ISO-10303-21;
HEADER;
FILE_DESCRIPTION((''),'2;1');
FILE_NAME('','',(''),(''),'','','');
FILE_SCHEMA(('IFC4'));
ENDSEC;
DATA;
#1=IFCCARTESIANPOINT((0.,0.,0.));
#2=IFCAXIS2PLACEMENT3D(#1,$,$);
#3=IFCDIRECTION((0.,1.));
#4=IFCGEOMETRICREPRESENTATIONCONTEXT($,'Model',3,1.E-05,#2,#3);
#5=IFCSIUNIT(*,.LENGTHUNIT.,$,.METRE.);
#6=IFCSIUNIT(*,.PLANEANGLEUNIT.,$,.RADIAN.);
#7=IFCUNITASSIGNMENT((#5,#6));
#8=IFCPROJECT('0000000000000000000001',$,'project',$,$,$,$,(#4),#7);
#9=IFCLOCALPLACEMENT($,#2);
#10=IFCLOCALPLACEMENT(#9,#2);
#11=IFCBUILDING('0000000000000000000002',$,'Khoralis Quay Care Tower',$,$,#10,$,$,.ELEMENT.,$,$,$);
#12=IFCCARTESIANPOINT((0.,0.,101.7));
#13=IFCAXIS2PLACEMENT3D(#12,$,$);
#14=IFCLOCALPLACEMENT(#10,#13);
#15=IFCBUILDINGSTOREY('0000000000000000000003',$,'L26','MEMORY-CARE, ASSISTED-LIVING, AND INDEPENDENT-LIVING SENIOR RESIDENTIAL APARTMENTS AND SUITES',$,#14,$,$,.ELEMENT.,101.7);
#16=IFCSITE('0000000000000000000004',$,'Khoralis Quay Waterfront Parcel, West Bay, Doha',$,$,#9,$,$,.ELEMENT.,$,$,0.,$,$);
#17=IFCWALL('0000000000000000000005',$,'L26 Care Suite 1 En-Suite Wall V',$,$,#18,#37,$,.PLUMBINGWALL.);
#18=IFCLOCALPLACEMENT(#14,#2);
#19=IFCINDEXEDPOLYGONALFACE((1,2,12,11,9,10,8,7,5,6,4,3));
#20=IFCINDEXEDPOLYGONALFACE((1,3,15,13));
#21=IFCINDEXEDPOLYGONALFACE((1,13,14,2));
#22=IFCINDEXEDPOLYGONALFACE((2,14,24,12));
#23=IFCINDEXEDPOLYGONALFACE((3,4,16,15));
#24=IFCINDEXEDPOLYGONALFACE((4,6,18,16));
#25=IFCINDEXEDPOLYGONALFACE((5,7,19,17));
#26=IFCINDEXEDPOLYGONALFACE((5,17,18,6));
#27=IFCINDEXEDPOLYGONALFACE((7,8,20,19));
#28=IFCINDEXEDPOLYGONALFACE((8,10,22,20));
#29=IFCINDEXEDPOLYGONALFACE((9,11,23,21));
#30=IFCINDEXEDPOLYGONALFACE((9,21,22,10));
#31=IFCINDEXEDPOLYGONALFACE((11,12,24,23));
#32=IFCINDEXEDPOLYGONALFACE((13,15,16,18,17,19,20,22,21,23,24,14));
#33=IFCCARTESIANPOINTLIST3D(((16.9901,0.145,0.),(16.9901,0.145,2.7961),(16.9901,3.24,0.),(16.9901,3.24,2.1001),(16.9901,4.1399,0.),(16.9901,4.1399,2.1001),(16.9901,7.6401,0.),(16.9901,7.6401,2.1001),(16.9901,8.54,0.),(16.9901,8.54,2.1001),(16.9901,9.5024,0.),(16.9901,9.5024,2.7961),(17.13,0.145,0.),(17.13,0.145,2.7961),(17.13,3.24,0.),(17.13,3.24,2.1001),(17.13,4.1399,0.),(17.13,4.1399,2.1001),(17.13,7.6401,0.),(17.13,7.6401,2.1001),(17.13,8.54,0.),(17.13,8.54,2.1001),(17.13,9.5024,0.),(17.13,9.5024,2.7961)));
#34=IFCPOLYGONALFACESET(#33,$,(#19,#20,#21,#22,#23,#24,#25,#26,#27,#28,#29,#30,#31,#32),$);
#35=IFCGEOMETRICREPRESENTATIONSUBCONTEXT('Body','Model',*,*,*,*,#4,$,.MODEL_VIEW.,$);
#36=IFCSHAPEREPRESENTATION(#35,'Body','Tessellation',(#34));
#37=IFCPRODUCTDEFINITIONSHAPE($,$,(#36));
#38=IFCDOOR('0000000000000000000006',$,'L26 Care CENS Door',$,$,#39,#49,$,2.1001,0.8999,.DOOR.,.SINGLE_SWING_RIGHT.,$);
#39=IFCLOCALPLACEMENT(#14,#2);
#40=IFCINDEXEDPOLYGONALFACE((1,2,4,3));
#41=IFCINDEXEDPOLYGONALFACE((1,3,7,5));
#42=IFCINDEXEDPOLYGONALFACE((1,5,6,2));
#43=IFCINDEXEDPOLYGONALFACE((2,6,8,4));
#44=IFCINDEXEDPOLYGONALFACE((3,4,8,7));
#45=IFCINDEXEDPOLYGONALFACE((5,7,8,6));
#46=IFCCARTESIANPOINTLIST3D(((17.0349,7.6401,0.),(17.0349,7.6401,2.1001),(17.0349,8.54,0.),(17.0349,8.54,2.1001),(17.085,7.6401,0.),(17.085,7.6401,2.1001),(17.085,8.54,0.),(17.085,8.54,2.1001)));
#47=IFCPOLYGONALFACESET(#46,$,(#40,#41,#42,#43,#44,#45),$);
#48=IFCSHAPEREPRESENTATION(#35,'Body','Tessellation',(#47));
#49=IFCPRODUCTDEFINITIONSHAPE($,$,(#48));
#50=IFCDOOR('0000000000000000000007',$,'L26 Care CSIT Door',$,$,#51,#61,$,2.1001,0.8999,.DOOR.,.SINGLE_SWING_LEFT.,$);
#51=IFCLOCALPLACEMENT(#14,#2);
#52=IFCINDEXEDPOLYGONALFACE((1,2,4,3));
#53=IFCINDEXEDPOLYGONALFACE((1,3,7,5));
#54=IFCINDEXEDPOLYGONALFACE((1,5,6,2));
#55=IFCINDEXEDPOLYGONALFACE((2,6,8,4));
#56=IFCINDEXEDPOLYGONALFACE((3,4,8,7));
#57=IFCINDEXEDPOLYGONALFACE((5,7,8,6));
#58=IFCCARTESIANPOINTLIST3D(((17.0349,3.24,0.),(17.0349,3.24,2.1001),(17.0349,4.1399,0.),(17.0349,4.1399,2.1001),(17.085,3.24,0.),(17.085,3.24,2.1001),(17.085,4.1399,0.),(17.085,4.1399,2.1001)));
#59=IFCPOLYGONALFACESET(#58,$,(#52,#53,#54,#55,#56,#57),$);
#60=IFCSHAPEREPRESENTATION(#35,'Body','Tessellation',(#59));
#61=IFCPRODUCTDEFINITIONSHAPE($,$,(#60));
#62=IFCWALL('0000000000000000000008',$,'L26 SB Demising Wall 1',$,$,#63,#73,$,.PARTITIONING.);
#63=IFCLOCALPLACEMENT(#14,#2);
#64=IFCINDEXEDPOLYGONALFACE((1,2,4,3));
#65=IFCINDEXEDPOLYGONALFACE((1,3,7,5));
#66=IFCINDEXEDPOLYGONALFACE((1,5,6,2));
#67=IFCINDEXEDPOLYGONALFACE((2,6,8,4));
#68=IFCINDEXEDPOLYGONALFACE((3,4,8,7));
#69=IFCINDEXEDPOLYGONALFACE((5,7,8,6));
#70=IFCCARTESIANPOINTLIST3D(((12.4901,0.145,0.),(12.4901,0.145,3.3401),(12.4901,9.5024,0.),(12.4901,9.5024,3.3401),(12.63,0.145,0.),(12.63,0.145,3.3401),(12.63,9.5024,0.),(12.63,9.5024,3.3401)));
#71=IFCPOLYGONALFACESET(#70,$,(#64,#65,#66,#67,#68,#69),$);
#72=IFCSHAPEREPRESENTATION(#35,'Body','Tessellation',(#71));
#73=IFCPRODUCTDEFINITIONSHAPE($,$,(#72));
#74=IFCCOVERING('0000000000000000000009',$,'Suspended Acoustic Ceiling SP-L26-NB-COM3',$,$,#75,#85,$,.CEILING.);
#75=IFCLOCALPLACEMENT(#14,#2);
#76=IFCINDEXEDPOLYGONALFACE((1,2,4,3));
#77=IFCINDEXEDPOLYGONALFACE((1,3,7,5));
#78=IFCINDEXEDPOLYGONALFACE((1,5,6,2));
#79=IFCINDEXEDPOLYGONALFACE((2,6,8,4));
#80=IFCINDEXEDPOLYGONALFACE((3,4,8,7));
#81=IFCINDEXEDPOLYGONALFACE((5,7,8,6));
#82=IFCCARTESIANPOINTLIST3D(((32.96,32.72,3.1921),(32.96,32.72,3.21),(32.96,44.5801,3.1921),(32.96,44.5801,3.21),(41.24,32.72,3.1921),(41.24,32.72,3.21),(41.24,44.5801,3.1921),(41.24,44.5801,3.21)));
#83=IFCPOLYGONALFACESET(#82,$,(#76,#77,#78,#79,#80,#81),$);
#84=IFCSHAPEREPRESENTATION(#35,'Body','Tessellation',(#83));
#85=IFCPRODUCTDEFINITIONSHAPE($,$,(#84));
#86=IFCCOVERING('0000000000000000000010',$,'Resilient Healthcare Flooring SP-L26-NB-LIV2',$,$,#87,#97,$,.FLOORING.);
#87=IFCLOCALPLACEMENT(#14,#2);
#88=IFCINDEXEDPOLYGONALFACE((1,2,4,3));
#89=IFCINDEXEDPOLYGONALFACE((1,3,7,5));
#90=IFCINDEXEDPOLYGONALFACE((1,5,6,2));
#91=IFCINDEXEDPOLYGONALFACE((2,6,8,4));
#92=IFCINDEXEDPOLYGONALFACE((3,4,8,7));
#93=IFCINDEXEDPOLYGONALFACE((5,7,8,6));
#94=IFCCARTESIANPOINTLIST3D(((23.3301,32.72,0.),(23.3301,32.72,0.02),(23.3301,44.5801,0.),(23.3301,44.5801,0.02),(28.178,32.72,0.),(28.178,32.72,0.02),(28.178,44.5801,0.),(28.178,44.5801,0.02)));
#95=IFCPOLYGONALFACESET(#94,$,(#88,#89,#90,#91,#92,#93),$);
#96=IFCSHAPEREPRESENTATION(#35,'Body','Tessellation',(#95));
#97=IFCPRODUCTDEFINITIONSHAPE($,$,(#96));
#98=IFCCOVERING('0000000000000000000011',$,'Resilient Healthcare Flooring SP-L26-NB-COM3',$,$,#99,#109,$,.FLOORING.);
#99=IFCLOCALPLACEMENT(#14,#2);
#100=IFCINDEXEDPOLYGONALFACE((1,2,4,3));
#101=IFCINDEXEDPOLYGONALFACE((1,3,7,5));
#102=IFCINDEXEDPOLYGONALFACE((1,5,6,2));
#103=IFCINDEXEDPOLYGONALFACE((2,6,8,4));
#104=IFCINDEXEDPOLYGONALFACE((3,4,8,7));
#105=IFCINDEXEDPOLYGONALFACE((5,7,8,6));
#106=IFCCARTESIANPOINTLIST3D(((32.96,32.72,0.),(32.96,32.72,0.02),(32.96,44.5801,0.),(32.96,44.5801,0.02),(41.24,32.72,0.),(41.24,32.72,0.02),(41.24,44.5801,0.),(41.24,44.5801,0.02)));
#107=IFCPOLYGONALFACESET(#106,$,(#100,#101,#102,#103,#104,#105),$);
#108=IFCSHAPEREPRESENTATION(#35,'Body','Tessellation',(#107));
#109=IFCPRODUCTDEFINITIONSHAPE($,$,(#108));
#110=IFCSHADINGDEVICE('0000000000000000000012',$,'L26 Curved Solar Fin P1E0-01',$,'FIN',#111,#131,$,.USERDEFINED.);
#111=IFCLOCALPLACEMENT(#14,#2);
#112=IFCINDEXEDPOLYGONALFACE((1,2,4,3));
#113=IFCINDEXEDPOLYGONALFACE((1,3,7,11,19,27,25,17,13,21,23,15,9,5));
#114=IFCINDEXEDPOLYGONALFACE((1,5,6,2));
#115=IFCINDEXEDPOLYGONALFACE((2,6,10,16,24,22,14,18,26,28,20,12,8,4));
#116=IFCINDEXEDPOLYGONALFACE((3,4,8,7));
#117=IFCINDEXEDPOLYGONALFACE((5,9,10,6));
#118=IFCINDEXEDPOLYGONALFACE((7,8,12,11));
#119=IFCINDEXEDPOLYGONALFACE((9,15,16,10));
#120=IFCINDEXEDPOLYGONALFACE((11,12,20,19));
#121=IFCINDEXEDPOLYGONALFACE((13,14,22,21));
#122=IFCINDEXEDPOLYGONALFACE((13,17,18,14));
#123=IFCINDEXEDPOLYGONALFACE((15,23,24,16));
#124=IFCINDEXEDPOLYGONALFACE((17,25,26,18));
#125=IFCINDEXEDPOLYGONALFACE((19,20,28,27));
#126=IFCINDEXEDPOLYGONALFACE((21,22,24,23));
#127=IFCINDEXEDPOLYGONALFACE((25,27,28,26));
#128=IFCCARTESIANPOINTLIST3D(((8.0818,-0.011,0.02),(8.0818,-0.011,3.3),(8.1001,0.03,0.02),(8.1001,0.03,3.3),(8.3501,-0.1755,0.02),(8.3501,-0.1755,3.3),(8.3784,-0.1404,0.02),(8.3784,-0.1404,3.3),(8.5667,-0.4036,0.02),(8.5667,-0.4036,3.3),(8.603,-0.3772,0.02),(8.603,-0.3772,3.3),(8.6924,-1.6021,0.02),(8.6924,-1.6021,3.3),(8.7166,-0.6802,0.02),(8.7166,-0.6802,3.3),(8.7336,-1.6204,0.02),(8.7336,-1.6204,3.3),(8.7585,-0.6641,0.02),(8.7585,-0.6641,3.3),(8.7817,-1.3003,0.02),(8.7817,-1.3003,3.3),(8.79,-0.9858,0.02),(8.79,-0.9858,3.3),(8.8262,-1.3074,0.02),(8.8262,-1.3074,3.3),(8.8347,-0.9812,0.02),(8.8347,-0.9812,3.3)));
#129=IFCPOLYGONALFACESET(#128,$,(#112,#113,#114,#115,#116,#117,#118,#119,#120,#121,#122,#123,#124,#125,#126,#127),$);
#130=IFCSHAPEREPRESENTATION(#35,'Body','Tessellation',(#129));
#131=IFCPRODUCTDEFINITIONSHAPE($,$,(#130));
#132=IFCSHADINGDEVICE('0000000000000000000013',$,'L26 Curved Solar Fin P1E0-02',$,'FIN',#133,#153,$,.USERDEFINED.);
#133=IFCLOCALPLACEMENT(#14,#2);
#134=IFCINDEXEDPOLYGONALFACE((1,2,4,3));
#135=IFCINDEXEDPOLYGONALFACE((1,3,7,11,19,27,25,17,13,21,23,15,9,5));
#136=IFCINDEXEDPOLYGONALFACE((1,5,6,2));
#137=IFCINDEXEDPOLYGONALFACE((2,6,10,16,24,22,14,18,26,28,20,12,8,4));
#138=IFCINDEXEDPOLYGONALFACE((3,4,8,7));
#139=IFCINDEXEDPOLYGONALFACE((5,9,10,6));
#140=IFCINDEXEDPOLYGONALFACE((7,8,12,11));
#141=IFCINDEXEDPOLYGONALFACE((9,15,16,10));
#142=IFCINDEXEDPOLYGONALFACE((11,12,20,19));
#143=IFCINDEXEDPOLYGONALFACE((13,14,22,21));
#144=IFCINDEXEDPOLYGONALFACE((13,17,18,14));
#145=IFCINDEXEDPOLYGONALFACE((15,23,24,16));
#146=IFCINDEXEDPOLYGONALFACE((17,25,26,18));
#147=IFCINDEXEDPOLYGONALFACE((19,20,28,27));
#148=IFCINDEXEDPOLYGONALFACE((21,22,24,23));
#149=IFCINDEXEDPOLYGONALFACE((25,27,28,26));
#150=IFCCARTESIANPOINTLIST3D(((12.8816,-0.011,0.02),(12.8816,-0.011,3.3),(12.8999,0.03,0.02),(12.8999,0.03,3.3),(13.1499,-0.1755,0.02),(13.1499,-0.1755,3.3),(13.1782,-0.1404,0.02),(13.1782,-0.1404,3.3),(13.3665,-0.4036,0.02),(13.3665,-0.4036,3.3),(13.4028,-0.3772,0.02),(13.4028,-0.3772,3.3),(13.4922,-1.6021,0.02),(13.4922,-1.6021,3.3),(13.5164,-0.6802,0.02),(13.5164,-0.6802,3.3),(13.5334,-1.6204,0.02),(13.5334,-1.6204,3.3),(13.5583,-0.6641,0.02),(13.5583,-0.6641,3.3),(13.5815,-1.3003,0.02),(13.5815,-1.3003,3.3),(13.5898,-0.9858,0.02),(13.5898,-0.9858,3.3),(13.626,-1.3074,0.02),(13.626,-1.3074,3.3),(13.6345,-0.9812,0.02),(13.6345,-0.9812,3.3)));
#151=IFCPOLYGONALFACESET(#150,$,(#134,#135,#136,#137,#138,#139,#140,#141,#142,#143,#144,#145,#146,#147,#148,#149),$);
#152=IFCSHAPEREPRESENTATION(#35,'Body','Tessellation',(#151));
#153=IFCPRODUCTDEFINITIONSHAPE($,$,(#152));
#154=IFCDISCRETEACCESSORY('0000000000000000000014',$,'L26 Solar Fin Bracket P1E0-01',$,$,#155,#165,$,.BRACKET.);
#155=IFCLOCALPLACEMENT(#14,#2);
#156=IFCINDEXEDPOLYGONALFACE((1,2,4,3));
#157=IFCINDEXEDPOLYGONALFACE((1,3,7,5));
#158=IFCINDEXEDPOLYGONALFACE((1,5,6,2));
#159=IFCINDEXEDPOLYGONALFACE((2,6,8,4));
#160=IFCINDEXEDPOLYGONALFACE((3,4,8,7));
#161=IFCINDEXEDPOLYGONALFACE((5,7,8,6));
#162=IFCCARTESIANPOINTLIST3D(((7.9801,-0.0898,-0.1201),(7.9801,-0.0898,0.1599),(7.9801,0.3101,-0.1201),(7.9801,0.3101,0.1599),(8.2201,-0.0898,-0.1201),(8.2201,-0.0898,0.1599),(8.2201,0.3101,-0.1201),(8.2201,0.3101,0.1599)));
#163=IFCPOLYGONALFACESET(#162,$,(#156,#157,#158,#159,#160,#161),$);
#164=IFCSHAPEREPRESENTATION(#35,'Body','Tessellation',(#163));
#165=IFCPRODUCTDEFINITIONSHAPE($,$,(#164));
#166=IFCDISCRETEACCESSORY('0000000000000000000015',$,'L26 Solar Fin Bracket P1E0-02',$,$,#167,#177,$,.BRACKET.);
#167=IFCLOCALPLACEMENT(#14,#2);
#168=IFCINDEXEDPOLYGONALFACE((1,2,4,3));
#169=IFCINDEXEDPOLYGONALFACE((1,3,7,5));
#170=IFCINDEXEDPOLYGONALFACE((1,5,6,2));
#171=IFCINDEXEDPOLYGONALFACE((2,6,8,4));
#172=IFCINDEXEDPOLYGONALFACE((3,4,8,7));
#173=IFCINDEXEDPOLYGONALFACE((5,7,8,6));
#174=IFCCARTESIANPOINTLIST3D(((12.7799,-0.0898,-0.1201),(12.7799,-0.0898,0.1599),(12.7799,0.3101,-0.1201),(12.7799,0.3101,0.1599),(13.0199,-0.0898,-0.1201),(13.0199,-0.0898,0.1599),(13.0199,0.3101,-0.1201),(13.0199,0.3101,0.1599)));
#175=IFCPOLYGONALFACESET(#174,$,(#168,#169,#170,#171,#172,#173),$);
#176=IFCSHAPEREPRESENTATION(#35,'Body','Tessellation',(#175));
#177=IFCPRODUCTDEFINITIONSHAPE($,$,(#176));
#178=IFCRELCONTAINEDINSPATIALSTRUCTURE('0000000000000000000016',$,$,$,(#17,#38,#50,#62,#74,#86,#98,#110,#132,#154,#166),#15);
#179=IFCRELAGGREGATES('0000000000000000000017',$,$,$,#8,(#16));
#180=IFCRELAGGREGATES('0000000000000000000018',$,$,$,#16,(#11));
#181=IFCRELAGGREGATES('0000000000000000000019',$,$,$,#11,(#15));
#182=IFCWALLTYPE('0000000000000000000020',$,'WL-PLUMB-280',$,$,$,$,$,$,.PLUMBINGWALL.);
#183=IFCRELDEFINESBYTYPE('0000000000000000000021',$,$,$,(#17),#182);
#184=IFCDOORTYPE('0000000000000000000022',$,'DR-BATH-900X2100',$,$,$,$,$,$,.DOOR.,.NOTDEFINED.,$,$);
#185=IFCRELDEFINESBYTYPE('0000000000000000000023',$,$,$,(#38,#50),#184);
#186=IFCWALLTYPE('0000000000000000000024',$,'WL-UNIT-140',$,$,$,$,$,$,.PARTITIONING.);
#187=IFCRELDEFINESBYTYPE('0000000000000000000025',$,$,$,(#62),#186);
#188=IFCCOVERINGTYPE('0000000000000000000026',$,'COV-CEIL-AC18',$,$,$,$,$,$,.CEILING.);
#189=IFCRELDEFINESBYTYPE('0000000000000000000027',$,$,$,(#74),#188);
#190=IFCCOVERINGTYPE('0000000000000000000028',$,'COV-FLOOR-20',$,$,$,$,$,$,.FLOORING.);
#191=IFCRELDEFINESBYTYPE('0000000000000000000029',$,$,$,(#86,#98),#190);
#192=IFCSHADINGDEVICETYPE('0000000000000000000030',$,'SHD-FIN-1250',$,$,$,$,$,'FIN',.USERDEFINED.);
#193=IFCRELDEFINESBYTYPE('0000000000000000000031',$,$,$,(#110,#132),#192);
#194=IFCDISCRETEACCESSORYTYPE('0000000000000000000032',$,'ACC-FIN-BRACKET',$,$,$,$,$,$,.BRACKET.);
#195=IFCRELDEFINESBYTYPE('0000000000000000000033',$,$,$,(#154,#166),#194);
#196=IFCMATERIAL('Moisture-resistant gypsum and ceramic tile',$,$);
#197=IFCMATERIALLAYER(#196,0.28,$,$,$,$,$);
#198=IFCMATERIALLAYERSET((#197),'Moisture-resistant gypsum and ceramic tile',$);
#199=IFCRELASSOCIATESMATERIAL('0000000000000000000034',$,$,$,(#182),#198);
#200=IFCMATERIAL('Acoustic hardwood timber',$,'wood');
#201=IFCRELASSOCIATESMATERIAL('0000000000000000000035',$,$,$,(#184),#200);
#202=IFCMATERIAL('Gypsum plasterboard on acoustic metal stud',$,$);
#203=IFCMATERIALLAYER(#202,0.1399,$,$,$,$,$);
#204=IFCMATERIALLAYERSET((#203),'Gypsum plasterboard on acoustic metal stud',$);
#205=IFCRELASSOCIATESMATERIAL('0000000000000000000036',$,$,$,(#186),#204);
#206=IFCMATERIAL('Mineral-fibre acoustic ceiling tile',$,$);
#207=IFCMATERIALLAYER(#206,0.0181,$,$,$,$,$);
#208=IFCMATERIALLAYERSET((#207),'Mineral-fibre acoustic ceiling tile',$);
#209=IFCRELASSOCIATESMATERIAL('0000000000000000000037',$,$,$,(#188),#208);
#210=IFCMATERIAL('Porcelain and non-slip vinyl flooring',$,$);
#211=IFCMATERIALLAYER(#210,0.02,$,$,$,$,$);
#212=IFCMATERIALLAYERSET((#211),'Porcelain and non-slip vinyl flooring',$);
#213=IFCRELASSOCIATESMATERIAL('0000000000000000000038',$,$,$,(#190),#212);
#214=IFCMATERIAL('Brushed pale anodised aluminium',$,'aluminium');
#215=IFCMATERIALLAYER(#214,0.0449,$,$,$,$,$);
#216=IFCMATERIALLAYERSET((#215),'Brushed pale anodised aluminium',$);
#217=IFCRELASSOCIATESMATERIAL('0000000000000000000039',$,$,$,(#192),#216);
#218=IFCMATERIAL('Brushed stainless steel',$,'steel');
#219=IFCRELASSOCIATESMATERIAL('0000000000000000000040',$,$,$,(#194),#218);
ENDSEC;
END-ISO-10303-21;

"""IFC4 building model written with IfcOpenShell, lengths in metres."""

from ifc_helpers import new_model, si_unit, direction, frame, frame_2d, origin, origin_2d, place, context, subcontext, project, spatial, polyline, rectangle, outline, extrude, source, transform, mapped, material, layer, layer_set, type_object, element, fill, save


model = new_model("IFC4")

# Units and contexts
model_context = context("Model", 3, precision=1e-05, world=origin(), true_north=direction((0.0, 1.0)))
body_context = subcontext(model_context, "Body", "Model", "MODEL_VIEW")
ifc_project = project(units=[si_unit("LENGTHUNIT", "METRE"), si_unit("PLANEANGLEUNIT", "RADIAN")], contexts=[model_context])

# Site, building, storey
site_placement = place(None, origin())
site = spatial("IfcSite", under=ifc_project, at=site_placement, Name="Khoralis Quay Waterfront Parcel, West Bay, Doha", CompositionType="ELEMENT", RefElevation=0.0)
building_placement = place(site_placement, origin())
building = spatial("IfcBuilding", under=site, at=building_placement, Name="Khoralis Quay Care Tower", CompositionType="ELEMENT")
storey_placement = place(building_placement, frame((0.0, 0.0, 101.7)))
storey = spatial("IfcBuildingStorey", under=building, at=storey_placement, Name="L26", Description="MEMORY-CARE, ASSISTED-LIVING, AND INDEPENDENT-LIVING SENIOR RESIDENTIAL APARTMENTS AND SUITES", CompositionType="ELEMENT", Elevation=101.7)

# Wall, openings, doors
ifc_material_1 = material(Name="Moisture-resistant gypsum and ceramic tile")
ifc_layer_1 = layer(ifc_material_1, 0.28)
ifc_layer_set_1 = layer_set([ifc_layer_1], Name="Moisture-resistant gypsum and ceramic tile")
wall_type_1 = type_object("IfcWallType", Name="WL-PLUMB-280", PredefinedType="PLUMBINGWALL", material=ifc_layer_set_1)
ifc_material_2 = material(Name="Acoustic hardwood timber", Category="wood")
door_type = type_object("IfcDoorType", Name="DR-BATH-900X2100", OperationType="NOTDEFINED", PredefinedType="DOOR", material=ifc_material_2)
shared_shape_1 = source(origin(), body_context, "Body", "SweptSolid", [
    extrude(rectangle(XDim=0.8999, YDim=2.1001, at=frame_2d((0.45, 1.05))), frame((0.0, 0.0249, 0.0), z_axis=(0.0, -1.0, 0.0), x_axis=(1.0, 0.0, 0.0)), (0.0, 0.0, 1.0), 0.05),
])
wall_1_placement = place(storey_placement, frame((17.0601, 0.145, 0.0), z_axis=(0.0, 0.0, 1.0), x_axis=(0.0, 1.0, 0.0)))
wall_1 = element("IfcWall", 1, at=wall_1_placement, inside=storey, type_object=wall_type_1, Name="L26 Care Suite 1 En-Suite Wall V", PredefinedType="PLUMBINGWALL", context=body_context, shape_type="SweptSolid", body=[
    extrude(rectangle(XDim=9.3574, YDim=0.1399, at=frame_2d((4.6787, 0.0))), origin(), (0.0, 0.0, 1.0), 2.7961),
])
opening_1_placement = place(wall_1_placement, frame((7.4951, 0.0, 0.0)))
opening_1 = element("IfcOpeningElement", 2, at=opening_1_placement, cuts=wall_1, PredefinedType="OPENING", context=body_context, shape_type="SweptSolid", body=[
    extrude(rectangle(XDim=0.8999, YDim=2.1001, at=frame_2d((0.45, 1.05))), frame((0.0, 0.0801, 0.0), z_axis=(0.0, -1.0, 0.0), x_axis=(1.0, 0.0, 0.0)), (0.0, 0.0, 1.0), 0.1599),
])
opening_2_placement = place(wall_1_placement, frame((3.095, 0.0, 0.0)))
opening_2 = element("IfcOpeningElement", 3, at=opening_2_placement, cuts=wall_1, PredefinedType="OPENING", context=body_context, shape_type="SweptSolid", body=[
    extrude(rectangle(XDim=0.8999, YDim=2.1001, at=frame_2d((0.45, 1.05))), frame((0.0, 0.0801, 0.0), z_axis=(0.0, -1.0, 0.0), x_axis=(1.0, 0.0, 0.0)), (0.0, 0.0, 1.0), 0.1599),
])
door_1_placement = place(opening_1_placement, frame((0.8999, 0.0, 0.0), z_axis=(0.0, 0.0, 1.0), x_axis=(-1.0, 0.0, 0.0)))
door_1 = element("IfcDoor", 4, at=door_1_placement, inside=storey, type_object=door_type, Name="L26 Care CENS Door", OperationType="SINGLE_SWING_RIGHT", OverallHeight=2.1001, OverallWidth=0.8999, PredefinedType="DOOR", context=body_context, shape_type="MappedRepresentation", body=[
    mapped(shared_shape_1, transform((0.0, 0.0, 0.0), scale=1.0)),
])
fill(opening_1, door_1)
door_2_placement = place(opening_2_placement, frame((0.8999, 0.0, 0.0), z_axis=(0.0, 0.0, 1.0), x_axis=(-1.0, 0.0, 0.0)))
door_2 = element("IfcDoor", 5, at=door_2_placement, inside=storey, type_object=door_type, Name="L26 Care CSIT Door", OperationType="SINGLE_SWING_LEFT", OverallHeight=2.1001, OverallWidth=0.8999, PredefinedType="DOOR", context=body_context, shape_type="MappedRepresentation", body=[
    mapped(shared_shape_1, transform((0.0, 0.0, 0.0), scale=1.0)),
])
fill(opening_2, door_2)

# Wall
ifc_material_3 = material(Name="Gypsum plasterboard on acoustic metal stud")
ifc_layer_2 = layer(ifc_material_3, 0.1399)
ifc_layer_set_2 = layer_set([ifc_layer_2], Name="Gypsum plasterboard on acoustic metal stud")
wall_type_2 = type_object("IfcWallType", Name="WL-UNIT-140", PredefinedType="PARTITIONING", material=ifc_layer_set_2)
wall_2_placement = place(storey_placement, frame((12.5601, 0.145, 0.0), z_axis=(0.0, 0.0, 1.0), x_axis=(0.0, 1.0, 0.0)))
element("IfcWall", 6, at=wall_2_placement, inside=storey, type_object=wall_type_2, Name="L26 SB Demising Wall 1", PredefinedType="PARTITIONING", context=body_context, shape_type="SweptSolid", body=[
    extrude(rectangle(XDim=9.3574, YDim=0.1399, at=frame_2d((4.6787, 0.0))), origin(), (0.0, 0.0, 1.0), 3.3401),
])

# Coverings
ifc_material_4 = material(Name="Mineral-fibre acoustic ceiling tile")
ifc_layer_3 = layer(ifc_material_4, 0.0181)
ifc_layer_set_3 = layer_set([ifc_layer_3], Name="Mineral-fibre acoustic ceiling tile")
covering_type_1 = type_object("IfcCoveringType", Name="COV-CEIL-AC18", PredefinedType="CEILING", material=ifc_layer_set_3)
covering_1_placement = place(storey_placement, frame((0.0, 0.0, 3.1921)))
element("IfcCovering", 7, at=covering_1_placement, inside=storey, type_object=covering_type_1, Name="Suspended Acoustic Ceiling SP-L26-NB-COM3", PredefinedType="CEILING", context=body_context, shape_type="SweptSolid", body=[
    extrude(outline(polyline([(32.96, 32.72), (41.24, 32.72), (41.24, 44.5801), (32.96, 44.5801), (32.96, 32.72)])), origin(), (0.0, 0.0, 1.0), 0.0178),
])
ifc_material_5 = material(Name="Porcelain and non-slip vinyl flooring")
ifc_layer_4 = layer(ifc_material_5, 0.02)
ifc_layer_set_4 = layer_set([ifc_layer_4], Name="Porcelain and non-slip vinyl flooring")
covering_type_2 = type_object("IfcCoveringType", Name="COV-FLOOR-20", PredefinedType="FLOORING", material=ifc_layer_set_4)
covering_2_placement = place(storey_placement, origin())
element("IfcCovering", 8, at=covering_2_placement, inside=storey, type_object=covering_type_2, Name="Resilient Healthcare Flooring SP-L26-NB-LIV2", PredefinedType="FLOORING", context=body_context, shape_type="SweptSolid", body=[
    extrude(outline(polyline([(23.3301, 32.72), (28.178, 32.72), (28.178, 44.5801), (23.3301, 44.5801), (23.3301, 32.72)])), origin(), (0.0, 0.0, 1.0), 0.02),
])
covering_3_placement = place(storey_placement, origin())
element("IfcCovering", 9, at=covering_3_placement, inside=storey, type_object=covering_type_2, Name="Resilient Healthcare Flooring SP-L26-NB-COM3", PredefinedType="FLOORING", context=body_context, shape_type="SweptSolid", body=[
    extrude(outline(polyline([(32.96, 32.72), (41.24, 32.72), (41.24, 44.5801), (32.96, 44.5801), (32.96, 32.72)])), origin(), (0.0, 0.0, 1.0), 0.02),
])

# Shading devices
ifc_material_6 = material(Name="Brushed pale anodised aluminium", Category="aluminium")
ifc_layer_5 = layer(ifc_material_6, 0.0449)
ifc_layer_set_5 = layer_set([ifc_layer_5], Name="Brushed pale anodised aluminium")
shading_device_type = type_object("IfcShadingDeviceType", Name="SHD-FIN-1250", ElementType="FIN", PredefinedType="USERDEFINED", material=ifc_layer_set_5)
shared_shape_2 = source(origin(), body_context, "Body", "SweptSolid", [
    extrude(outline(polyline([(0.0, 0.0), (0.1704, 0.2783), (0.4072, 0.5029), (0.6941, 0.6584), (1.0112, 0.7346), (1.3374, 0.7261), (1.6504, 0.6335), (1.6321, 0.5923), (1.3303, 0.6816), (1.0159, 0.6899), (0.7102, 0.6165), (0.4336, 0.4666), (0.2056, 0.25), (0.041, -0.0183), (0.0, 0.0)])), origin(), (0.0, 0.0, 1.0), 3.28),
])
for number, where, z_axis, x_axis, name in (
    (10, (8.1001, 0.03, 0.02), (0.0, 0.0, 1.0), (0.0, -1.0, 0.0), "L26 Curved Solar Fin P1E0-01"),
    (11, (12.8999, 0.03, 0.02), (0.0, 0.0, 1.0), (0.0, -1.0, 0.0), "L26 Curved Solar Fin P1E0-02"),
):
    element("IfcShadingDevice", number, at=place(storey_placement, frame(where, z_axis=z_axis, x_axis=x_axis)), inside=storey, type_object=shading_device_type, Name=name, ObjectType="FIN", PredefinedType="USERDEFINED", context=body_context, shape_type="MappedRepresentation", body=[
        mapped(shared_shape_2, transform((0.0, 0.0, 0.0), scale=1.0)),
    ])

# Discrete accessories
ifc_material_7 = material(Name="Brushed stainless steel", Category="steel")
discrete_accessory_type = type_object("IfcDiscreteAccessoryType", Name="ACC-FIN-BRACKET", PredefinedType="BRACKET", material=ifc_material_7)
shared_shape_3 = source(origin(), body_context, "Body", "SweptSolid", [
    extrude(rectangle(XDim=0.3999, YDim=0.24, at=origin_2d()), origin(), (0.0, 0.0, 1.0), 0.28),
])
for number, where, z_axis, x_axis, name in (
    (12, (8.1001, 0.1101, -0.1201), (0.0, 0.0, 1.0), (0.0, -1.0, 0.0), "L26 Solar Fin Bracket P1E0-01"),
    (13, (12.8999, 0.1101, -0.1201), (0.0, 0.0, 1.0), (0.0, -1.0, 0.0), "L26 Solar Fin Bracket P1E0-02"),
):
    element("IfcDiscreteAccessory", number, at=place(storey_placement, frame(where, z_axis=z_axis, x_axis=x_axis)), inside=storey, type_object=discrete_accessory_type, Name=name, PredefinedType="BRACKET", context=body_context, shape_type="MappedRepresentation", body=[
        mapped(shared_shape_3, transform((0.0, 0.0, 0.0), scale=1.0)),
    ])

save(model, "model.ifc")
